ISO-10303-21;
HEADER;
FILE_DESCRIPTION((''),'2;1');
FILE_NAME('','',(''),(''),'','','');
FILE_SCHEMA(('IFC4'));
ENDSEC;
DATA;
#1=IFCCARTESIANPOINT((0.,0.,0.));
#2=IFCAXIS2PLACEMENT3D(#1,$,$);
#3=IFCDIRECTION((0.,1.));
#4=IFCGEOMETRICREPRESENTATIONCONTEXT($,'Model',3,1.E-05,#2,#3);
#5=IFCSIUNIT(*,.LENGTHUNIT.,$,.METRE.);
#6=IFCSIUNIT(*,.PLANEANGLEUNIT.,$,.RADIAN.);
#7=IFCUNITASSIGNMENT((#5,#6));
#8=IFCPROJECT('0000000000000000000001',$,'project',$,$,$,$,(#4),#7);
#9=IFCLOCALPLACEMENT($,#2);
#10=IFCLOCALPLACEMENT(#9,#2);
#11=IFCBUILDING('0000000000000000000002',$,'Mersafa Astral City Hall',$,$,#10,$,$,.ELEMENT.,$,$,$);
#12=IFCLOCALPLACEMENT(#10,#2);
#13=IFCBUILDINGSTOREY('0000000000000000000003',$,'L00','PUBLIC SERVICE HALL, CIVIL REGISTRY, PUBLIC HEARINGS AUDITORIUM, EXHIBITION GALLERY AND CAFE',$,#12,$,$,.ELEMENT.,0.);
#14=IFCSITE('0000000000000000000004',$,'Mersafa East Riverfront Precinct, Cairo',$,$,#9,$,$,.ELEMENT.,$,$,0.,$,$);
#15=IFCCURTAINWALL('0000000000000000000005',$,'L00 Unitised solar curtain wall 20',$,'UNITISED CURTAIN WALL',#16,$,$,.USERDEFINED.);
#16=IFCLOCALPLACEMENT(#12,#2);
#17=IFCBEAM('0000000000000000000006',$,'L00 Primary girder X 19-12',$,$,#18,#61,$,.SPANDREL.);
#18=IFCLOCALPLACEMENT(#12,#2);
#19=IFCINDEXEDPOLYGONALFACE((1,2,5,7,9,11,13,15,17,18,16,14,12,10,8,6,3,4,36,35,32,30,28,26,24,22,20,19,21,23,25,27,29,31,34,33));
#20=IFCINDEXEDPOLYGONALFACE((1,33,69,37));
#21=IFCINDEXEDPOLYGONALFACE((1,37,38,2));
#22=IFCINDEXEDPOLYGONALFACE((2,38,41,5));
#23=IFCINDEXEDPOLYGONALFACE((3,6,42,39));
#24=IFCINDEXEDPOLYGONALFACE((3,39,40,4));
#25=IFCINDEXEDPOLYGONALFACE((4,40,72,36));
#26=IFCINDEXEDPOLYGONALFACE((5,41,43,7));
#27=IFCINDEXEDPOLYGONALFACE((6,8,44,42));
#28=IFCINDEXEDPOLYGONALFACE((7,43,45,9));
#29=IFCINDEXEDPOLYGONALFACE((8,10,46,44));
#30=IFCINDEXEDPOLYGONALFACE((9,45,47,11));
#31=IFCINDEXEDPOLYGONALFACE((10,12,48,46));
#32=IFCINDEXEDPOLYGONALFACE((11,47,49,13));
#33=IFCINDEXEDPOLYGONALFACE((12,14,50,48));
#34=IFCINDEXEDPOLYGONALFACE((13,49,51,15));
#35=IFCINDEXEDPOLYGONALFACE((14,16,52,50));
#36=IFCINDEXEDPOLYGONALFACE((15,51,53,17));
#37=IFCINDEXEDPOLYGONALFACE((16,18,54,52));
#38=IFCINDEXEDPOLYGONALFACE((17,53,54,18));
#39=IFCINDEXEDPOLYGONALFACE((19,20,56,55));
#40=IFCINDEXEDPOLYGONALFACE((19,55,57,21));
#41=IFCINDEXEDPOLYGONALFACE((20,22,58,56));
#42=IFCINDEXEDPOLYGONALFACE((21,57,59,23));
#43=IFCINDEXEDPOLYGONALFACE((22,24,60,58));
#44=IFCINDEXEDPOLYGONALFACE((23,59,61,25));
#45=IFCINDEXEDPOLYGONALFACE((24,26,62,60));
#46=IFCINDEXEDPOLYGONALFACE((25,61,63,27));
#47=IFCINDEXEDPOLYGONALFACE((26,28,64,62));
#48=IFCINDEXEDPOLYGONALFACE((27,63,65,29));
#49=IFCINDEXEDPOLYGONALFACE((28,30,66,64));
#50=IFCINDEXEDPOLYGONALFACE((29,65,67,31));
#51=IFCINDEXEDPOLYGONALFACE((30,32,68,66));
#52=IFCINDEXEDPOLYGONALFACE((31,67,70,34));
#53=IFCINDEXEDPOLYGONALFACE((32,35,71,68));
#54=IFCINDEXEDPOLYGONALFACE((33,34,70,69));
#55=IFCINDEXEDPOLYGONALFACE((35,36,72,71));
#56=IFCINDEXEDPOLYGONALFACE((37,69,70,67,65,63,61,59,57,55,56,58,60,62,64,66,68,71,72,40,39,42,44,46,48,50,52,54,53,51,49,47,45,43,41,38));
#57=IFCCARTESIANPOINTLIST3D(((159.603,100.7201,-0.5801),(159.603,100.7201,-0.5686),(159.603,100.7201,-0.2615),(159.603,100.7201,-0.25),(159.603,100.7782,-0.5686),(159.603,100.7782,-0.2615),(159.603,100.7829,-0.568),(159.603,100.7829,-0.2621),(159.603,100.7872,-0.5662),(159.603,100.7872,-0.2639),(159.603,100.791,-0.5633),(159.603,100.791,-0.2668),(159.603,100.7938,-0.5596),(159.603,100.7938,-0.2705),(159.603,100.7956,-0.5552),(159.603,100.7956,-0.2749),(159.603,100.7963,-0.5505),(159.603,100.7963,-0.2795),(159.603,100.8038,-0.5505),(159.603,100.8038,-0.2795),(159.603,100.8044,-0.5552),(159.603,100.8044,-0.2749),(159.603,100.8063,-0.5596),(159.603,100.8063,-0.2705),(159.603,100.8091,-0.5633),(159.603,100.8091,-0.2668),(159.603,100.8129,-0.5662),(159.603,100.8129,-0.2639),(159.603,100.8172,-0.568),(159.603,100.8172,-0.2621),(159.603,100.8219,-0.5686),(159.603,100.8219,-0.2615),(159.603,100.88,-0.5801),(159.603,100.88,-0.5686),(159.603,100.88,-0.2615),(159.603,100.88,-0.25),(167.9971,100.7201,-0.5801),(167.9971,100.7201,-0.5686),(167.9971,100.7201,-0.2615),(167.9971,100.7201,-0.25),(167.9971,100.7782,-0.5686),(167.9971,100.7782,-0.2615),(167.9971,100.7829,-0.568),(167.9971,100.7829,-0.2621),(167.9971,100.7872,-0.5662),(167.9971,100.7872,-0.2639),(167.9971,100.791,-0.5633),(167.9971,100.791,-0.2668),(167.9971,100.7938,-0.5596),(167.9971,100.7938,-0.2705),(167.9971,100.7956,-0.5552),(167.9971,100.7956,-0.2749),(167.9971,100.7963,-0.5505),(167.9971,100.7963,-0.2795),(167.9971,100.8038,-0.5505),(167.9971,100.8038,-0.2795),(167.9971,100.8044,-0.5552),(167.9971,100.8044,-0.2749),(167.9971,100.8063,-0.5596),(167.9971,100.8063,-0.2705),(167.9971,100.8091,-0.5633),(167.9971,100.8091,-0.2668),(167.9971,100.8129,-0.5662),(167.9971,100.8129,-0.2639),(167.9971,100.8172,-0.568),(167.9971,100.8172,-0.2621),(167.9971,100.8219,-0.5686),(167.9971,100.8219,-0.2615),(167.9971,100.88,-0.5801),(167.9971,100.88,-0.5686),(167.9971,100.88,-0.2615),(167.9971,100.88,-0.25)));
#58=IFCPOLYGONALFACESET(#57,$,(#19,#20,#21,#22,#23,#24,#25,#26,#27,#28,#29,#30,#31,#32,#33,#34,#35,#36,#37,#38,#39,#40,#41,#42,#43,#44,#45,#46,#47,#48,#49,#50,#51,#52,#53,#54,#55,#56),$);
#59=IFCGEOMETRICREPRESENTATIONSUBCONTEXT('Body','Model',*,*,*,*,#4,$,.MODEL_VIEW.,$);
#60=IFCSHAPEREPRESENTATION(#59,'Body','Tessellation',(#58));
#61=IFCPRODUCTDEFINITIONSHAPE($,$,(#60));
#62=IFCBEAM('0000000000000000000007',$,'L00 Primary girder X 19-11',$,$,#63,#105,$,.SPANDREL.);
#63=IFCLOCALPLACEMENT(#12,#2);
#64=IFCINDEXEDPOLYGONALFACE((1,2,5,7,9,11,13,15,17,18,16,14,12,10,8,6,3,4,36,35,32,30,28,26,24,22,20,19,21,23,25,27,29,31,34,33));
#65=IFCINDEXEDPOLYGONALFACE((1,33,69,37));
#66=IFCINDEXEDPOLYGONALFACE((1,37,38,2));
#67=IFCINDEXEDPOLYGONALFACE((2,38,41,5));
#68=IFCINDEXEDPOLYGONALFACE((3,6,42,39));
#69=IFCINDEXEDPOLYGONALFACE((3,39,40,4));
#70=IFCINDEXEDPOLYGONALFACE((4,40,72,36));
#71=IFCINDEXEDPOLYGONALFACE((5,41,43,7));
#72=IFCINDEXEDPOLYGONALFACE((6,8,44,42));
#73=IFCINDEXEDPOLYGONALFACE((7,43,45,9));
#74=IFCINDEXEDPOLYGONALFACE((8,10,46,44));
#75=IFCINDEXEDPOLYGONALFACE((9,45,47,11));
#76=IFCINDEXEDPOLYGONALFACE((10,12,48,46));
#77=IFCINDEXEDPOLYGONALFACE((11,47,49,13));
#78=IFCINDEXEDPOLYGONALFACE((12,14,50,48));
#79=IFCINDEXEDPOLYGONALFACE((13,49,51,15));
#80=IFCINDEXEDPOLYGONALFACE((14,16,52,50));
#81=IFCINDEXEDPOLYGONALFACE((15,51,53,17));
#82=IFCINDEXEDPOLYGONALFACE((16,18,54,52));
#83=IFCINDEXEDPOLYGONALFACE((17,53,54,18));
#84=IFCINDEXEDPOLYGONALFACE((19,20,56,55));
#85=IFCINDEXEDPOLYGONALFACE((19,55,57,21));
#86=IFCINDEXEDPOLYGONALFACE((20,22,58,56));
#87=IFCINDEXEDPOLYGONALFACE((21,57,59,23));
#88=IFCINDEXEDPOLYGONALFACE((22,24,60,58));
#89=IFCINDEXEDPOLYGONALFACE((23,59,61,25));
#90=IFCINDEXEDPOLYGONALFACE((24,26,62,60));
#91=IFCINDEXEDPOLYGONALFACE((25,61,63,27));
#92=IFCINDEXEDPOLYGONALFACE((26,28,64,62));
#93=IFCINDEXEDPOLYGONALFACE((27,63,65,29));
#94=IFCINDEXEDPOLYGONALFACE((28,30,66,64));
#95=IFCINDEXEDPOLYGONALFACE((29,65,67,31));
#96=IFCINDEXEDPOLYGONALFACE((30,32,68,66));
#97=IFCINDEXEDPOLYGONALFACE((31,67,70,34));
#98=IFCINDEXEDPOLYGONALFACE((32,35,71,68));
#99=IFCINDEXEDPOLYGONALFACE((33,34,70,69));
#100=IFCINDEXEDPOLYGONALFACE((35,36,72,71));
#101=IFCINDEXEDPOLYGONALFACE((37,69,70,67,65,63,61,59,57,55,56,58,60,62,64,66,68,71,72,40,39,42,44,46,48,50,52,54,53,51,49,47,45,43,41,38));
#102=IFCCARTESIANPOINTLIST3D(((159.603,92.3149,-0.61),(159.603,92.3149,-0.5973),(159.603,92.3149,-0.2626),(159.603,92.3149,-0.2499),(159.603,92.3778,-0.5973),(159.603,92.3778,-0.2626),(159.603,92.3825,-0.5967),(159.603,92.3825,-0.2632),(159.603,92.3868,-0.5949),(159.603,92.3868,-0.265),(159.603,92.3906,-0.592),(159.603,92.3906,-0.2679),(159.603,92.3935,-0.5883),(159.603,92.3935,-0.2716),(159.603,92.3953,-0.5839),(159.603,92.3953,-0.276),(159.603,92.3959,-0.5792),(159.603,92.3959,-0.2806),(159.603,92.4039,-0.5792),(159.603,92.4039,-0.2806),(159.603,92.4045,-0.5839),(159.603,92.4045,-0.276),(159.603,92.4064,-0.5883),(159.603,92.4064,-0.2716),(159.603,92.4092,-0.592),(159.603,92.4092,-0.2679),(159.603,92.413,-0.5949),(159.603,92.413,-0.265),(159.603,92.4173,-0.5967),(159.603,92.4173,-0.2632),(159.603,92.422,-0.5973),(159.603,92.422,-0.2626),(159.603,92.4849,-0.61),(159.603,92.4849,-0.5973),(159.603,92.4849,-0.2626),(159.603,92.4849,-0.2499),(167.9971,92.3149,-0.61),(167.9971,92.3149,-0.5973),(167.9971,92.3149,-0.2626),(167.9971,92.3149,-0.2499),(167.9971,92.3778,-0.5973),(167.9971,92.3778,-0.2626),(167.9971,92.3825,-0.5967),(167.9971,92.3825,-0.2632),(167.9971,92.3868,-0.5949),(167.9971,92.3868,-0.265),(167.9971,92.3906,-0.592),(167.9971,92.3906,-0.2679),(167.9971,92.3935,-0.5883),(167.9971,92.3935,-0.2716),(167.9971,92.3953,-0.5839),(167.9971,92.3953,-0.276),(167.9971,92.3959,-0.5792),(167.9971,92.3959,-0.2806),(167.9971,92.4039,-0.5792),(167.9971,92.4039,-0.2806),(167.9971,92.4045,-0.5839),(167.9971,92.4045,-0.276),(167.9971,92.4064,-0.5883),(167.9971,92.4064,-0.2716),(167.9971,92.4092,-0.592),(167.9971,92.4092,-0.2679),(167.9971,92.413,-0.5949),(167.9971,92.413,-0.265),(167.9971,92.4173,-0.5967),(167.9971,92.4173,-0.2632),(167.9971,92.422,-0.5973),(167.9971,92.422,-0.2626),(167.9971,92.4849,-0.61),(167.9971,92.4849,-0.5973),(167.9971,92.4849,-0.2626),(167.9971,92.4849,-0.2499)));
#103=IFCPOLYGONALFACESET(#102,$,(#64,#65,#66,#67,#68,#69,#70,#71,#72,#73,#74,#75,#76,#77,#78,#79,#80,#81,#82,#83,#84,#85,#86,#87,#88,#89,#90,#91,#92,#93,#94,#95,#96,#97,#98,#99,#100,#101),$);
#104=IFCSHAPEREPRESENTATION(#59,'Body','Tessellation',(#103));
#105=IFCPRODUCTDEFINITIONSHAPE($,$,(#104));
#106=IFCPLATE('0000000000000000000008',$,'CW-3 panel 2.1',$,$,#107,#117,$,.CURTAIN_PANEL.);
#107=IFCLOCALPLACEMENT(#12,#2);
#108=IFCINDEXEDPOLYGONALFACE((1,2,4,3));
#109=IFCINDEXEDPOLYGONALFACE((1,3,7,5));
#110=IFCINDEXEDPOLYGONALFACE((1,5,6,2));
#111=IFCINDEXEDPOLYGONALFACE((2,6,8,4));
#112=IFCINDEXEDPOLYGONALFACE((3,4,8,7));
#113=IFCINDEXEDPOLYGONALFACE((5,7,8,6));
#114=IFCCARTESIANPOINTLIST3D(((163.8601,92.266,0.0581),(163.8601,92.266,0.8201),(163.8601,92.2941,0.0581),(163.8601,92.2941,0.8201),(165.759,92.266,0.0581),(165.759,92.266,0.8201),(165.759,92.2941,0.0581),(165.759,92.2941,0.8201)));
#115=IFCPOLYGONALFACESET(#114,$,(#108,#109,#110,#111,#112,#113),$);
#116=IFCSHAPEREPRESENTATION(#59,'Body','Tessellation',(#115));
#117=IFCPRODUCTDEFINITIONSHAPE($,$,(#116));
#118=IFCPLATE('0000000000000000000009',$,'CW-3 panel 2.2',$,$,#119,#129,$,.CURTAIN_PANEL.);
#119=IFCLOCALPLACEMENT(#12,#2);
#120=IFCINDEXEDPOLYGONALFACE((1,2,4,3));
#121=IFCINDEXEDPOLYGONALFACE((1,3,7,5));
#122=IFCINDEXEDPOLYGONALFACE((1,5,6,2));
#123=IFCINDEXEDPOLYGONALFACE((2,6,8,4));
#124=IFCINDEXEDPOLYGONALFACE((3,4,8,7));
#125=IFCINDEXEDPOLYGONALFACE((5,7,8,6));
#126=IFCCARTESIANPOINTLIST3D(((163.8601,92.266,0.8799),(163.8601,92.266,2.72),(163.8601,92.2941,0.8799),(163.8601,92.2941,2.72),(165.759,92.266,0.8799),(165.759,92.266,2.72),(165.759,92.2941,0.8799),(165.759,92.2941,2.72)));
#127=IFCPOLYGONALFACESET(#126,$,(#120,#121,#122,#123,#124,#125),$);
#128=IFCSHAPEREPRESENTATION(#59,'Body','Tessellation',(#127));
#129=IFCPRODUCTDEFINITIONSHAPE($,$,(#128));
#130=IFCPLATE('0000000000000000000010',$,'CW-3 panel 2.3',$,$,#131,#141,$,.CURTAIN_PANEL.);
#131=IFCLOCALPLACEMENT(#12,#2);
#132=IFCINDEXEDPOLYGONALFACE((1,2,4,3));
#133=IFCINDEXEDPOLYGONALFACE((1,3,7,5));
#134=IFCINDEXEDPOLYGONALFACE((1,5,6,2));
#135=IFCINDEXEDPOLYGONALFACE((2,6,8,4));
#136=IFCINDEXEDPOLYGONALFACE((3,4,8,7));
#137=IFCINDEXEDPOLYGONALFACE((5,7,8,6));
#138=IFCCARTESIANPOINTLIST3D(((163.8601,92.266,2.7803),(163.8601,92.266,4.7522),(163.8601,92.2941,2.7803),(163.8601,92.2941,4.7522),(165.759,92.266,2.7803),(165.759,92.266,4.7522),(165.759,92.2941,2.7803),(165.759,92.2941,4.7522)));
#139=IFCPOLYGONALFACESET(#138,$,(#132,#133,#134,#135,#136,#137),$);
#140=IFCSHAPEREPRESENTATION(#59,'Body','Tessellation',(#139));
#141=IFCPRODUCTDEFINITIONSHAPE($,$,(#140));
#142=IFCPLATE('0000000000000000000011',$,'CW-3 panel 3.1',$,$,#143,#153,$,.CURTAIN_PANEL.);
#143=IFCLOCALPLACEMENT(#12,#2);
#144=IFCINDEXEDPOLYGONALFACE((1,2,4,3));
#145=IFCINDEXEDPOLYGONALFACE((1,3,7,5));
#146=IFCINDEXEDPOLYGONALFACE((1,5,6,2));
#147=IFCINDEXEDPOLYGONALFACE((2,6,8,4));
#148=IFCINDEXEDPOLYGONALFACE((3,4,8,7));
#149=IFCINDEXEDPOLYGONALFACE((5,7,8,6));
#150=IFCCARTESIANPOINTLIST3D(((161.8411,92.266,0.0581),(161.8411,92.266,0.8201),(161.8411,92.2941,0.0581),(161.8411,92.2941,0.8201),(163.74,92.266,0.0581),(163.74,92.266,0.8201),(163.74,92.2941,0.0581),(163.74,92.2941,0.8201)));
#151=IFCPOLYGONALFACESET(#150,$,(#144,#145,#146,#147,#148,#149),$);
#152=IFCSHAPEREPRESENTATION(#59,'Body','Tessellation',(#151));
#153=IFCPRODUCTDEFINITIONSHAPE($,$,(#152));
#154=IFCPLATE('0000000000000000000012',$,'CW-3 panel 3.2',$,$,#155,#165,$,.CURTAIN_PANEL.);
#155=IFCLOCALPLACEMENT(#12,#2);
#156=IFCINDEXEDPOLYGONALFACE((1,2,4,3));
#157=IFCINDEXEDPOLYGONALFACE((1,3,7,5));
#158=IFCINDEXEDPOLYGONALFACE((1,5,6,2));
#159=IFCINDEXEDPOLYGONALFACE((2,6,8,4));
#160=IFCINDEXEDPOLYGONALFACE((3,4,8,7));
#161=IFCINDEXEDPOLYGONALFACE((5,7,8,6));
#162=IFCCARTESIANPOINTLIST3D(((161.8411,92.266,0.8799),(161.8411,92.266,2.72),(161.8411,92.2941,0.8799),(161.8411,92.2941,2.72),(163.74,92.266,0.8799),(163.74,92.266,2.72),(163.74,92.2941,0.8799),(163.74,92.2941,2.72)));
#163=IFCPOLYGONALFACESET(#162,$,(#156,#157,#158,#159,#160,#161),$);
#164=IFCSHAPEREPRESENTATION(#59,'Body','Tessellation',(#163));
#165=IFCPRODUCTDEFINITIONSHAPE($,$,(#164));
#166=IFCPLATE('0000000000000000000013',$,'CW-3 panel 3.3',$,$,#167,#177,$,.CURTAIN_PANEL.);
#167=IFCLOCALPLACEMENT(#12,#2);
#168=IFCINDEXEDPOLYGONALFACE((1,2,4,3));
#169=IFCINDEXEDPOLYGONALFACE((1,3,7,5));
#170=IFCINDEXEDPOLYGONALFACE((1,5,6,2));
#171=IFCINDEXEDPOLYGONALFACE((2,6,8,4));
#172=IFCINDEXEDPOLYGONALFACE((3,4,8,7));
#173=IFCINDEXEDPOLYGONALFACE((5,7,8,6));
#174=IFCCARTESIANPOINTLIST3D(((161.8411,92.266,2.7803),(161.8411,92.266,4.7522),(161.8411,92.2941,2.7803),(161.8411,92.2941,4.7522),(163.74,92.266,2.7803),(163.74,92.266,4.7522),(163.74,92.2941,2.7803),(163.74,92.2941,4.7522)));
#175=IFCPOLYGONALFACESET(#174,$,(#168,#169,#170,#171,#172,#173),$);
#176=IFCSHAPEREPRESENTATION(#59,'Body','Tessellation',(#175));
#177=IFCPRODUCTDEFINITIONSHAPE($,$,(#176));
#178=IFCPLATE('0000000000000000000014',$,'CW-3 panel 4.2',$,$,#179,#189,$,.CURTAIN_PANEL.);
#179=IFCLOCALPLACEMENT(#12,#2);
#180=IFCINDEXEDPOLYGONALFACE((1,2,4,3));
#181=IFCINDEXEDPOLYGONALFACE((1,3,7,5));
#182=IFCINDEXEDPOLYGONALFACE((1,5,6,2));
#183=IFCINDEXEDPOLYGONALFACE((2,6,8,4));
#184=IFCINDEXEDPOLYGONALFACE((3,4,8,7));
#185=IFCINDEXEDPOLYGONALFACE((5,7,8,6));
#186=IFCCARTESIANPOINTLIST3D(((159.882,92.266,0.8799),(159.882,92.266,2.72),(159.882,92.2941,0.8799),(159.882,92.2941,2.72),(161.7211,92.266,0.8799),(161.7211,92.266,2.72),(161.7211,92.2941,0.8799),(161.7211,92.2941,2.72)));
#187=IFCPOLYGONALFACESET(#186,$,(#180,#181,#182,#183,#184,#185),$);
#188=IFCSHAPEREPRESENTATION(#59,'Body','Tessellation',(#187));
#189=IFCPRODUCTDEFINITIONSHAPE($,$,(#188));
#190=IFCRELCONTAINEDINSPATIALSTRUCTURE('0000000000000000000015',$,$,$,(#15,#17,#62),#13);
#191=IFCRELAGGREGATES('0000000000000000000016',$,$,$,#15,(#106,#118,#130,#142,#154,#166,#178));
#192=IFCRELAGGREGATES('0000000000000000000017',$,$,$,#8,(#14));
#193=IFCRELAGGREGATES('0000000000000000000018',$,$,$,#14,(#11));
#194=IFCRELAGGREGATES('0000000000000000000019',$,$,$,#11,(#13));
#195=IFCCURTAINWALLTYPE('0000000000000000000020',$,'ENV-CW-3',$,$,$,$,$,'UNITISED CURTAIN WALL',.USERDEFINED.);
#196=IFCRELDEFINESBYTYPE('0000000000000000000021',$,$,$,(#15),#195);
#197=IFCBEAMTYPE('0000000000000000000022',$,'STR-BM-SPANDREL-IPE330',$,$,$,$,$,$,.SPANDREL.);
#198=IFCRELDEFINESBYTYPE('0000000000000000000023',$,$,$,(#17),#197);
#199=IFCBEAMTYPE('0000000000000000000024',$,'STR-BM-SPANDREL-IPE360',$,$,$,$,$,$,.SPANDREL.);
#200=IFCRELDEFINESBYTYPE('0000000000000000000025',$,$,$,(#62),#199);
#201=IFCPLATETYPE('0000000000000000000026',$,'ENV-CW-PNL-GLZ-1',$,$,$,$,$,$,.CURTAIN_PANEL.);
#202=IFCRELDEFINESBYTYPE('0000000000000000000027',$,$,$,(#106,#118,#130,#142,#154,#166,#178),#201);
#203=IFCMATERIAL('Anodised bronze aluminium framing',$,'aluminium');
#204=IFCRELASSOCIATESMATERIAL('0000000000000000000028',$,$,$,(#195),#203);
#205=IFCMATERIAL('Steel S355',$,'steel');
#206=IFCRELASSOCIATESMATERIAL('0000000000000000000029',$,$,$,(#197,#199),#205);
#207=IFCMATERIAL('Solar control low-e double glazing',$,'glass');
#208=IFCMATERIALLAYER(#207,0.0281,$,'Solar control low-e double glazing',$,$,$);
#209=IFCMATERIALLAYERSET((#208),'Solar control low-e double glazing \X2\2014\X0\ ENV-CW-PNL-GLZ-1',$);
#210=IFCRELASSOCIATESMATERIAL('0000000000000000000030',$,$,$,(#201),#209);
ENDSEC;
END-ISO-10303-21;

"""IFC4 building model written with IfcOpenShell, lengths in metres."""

from ifc_helpers import new_model, si_unit, direction, frame, origin, origin_2d, place, context, subcontext, project, spatial, rectangle, i_section, extrude, material, layer, layer_set, material_profile, profile_set, type_object, element, aggregate, save


model = new_model("IFC4")

# Units and contexts
model_context = context("Model", 3, precision=1e-05, world=origin(), true_north=direction((0.0, 1.0)))
body_context = subcontext(model_context, "Body", "Model", "MODEL_VIEW")
ifc_project = project(units=[si_unit("LENGTHUNIT", "METRE"), si_unit("PLANEANGLEUNIT", "RADIAN")], contexts=[model_context])

# Site, building, storey
site_placement = place(None, origin())
site = spatial("IfcSite", under=ifc_project, at=site_placement, Name="Mersafa East Riverfront Precinct, Cairo", CompositionType="ELEMENT", RefElevation=0.0)
building_placement = place(site_placement, origin())
building = spatial("IfcBuilding", under=site, at=building_placement, Name="Mersafa Astral City Hall", CompositionType="ELEMENT")
storey_placement = place(building_placement, origin())
storey = spatial("IfcBuildingStorey", under=building, at=storey_placement, Name="L00", Description="PUBLIC SERVICE HALL, CIVIL REGISTRY, PUBLIC HEARINGS AUDITORIUM, EXHIBITION GALLERY AND CAFE", CompositionType="ELEMENT", Elevation=0.0)

# Curtain wall
ifc_material_1 = material(Name="Anodised bronze aluminium framing", Category="aluminium")
curtain_wall_type = type_object("IfcCurtainWallType", Name="ENV-CW-3", ElementType="UNITISED CURTAIN WALL", PredefinedType="USERDEFINED", material=ifc_material_1)
curtain_wall_placement = place(storey_placement, origin())
curtain_wall = element("IfcCurtainWall", 1, at=curtain_wall_placement, inside=storey, type_object=curtain_wall_type, Name="L00 Unitised solar curtain wall 20", ObjectType="UNITISED CURTAIN WALL", PredefinedType="USERDEFINED")

# Beams
ifc_material_2 = material(Name="Steel S355", Category="steel")
ifc_material_profile_1 = material_profile(ifc_material_2, i_section(OverallWidth=0.1599, OverallDepth=0.3301, WebThickness=0.0076, FlangeThickness=0.0115, FilletRadius=0.0181, at=origin_2d()), Name="IPE 330")
ifc_profile_set_1 = profile_set([ifc_material_profile_1], Name="Steel S355")
beam_type_1 = type_object("IfcBeamType", Name="STR-BM-SPANDREL-IPE330", PredefinedType="SPANDREL", material=ifc_profile_set_1)
beam_1_placement = place(storey_placement, frame((159.603, 100.8, -0.415), z_axis=(1.0, 0.0, 0.0), x_axis=(0.0, 1.0, 0.0)))
element("IfcBeam", 2, at=beam_1_placement, inside=storey, type_object=beam_type_1, Name="L00 Primary girder X 19-12", PredefinedType="SPANDREL", context=body_context, shape_type="SweptSolid", body=[
    extrude(i_section(OverallWidth=0.1599, OverallDepth=0.3301, WebThickness=0.0076, FlangeThickness=0.0115, FilletRadius=0.0181, at=origin_2d()), origin(), (0.0, 0.0, 1.0), 8.394),
])
ifc_material_profile_2 = material_profile(ifc_material_2, i_section(OverallWidth=0.1699, OverallDepth=0.3601, WebThickness=0.0081, FlangeThickness=0.0127, FilletRadius=0.0181, at=origin_2d()), Name="IPE 360")
ifc_profile_set_2 = profile_set([ifc_material_profile_2], Name="Steel S355")
beam_type_2 = type_object("IfcBeamType", Name="STR-BM-SPANDREL-IPE360", PredefinedType="SPANDREL", material=ifc_profile_set_2)
beam_2_placement = place(storey_placement, frame((159.603, 92.3999, -0.4299), z_axis=(1.0, 0.0, 0.0), x_axis=(0.0, 1.0, 0.0)))
element("IfcBeam", 3, at=beam_2_placement, inside=storey, type_object=beam_type_2, Name="L00 Primary girder X 19-11", PredefinedType="SPANDREL", context=body_context, shape_type="SweptSolid", body=[
    extrude(i_section(OverallWidth=0.1699, OverallDepth=0.3601, WebThickness=0.0081, FlangeThickness=0.0127, FilletRadius=0.0181, at=origin_2d()), origin(), (0.0, 0.0, 1.0), 8.394),
])

# Plates
ifc_material_3 = material(Name="Solar control low-e double glazing", Category="glass")
ifc_layer = layer(ifc_material_3, 0.0281, Name="Solar control low-e double glazing")
ifc_layer_set = layer_set([ifc_layer], Name="Solar control low-e double glazing — ENV-CW-PNL-GLZ-1")
plate_type = type_object("IfcPlateType", Name="ENV-CW-PNL-GLZ-1", PredefinedType="CURTAIN_PANEL", material=ifc_layer_set)
plate_1_placement = place(storey_placement, frame((164.8096, 92.28, 0.0581), z_axis=(0.0, 0.0, 1.0), x_axis=(-1.0, 0.0, 0.0)))
plate_1 = element("IfcPlate", 4, at=plate_1_placement, type_object=plate_type, Name="CW-3 panel 2.1", PredefinedType="CURTAIN_PANEL", context=body_context, shape_type="SweptSolid", body=[
    extrude(rectangle(XDim=1.8989, YDim=0.0281, at=origin_2d()), origin(), (0.0, 0.0, 1.0), 0.762),
])
plate_2_placement = place(storey_placement, frame((164.8096, 92.28, 0.8799), z_axis=(0.0, 0.0, 1.0), x_axis=(-1.0, 0.0, 0.0)))
plate_2 = element("IfcPlate", 5, at=plate_2_placement, type_object=plate_type, Name="CW-3 panel 2.2", PredefinedType="CURTAIN_PANEL", context=body_context, shape_type="SweptSolid", body=[
    extrude(rectangle(XDim=1.8989, YDim=0.0281, at=origin_2d()), origin(), (0.0, 0.0, 1.0), 1.8401),
])
plate_3_placement = place(storey_placement, frame((164.8096, 92.28, 2.7803), z_axis=(0.0, 0.0, 1.0), x_axis=(-1.0, 0.0, 0.0)))
plate_3 = element("IfcPlate", 6, at=plate_3_placement, type_object=plate_type, Name="CW-3 panel 2.3", PredefinedType="CURTAIN_PANEL", context=body_context, shape_type="SweptSolid", body=[
    extrude(rectangle(XDim=1.8989, YDim=0.0281, at=origin_2d()), origin(), (0.0, 0.0, 1.0), 1.9719),
])
plate_4_placement = place(storey_placement, frame((162.7905, 92.28, 0.0581), z_axis=(0.0, 0.0, 1.0), x_axis=(-1.0, 0.0, 0.0)))
plate_4 = element("IfcPlate", 7, at=plate_4_placement, type_object=plate_type, Name="CW-3 panel 3.1", PredefinedType="CURTAIN_PANEL", context=body_context, shape_type="SweptSolid", body=[
    extrude(rectangle(XDim=1.8989, YDim=0.0281, at=origin_2d()), origin(), (0.0, 0.0, 1.0), 0.762),
])
plate_5_placement = place(storey_placement, frame((162.7905, 92.28, 0.8799), z_axis=(0.0, 0.0, 1.0), x_axis=(-1.0, 0.0, 0.0)))
plate_5 = element("IfcPlate", 8, at=plate_5_placement, type_object=plate_type, Name="CW-3 panel 3.2", PredefinedType="CURTAIN_PANEL", context=body_context, shape_type="SweptSolid", body=[
    extrude(rectangle(XDim=1.8989, YDim=0.0281, at=origin_2d()), origin(), (0.0, 0.0, 1.0), 1.8401),
])
plate_6_placement = place(storey_placement, frame((162.7905, 92.28, 2.7803), z_axis=(0.0, 0.0, 1.0), x_axis=(-1.0, 0.0, 0.0)))
plate_6 = element("IfcPlate", 9, at=plate_6_placement, type_object=plate_type, Name="CW-3 panel 3.3", PredefinedType="CURTAIN_PANEL", context=body_context, shape_type="SweptSolid", body=[
    extrude(rectangle(XDim=1.8989, YDim=0.0281, at=origin_2d()), origin(), (0.0, 0.0, 1.0), 1.9719),
])
plate_7_placement = place(storey_placement, frame((160.8015, 92.28, 0.8799), z_axis=(0.0, 0.0, 1.0), x_axis=(-1.0, 0.0, 0.0)))
plate_7 = element("IfcPlate", 10, at=plate_7_placement, type_object=plate_type, Name="CW-3 panel 4.2", PredefinedType="CURTAIN_PANEL", context=body_context, shape_type="SweptSolid", body=[
    extrude(rectangle(XDim=1.8391, YDim=0.0281, at=origin_2d()), origin(), (0.0, 0.0, 1.0), 1.8401),
])
aggregate(curtain_wall, [plate_1, plate_2, plate_3, plate_4, plate_5, plate_6, plate_7])

save(model, "model.ifc")
